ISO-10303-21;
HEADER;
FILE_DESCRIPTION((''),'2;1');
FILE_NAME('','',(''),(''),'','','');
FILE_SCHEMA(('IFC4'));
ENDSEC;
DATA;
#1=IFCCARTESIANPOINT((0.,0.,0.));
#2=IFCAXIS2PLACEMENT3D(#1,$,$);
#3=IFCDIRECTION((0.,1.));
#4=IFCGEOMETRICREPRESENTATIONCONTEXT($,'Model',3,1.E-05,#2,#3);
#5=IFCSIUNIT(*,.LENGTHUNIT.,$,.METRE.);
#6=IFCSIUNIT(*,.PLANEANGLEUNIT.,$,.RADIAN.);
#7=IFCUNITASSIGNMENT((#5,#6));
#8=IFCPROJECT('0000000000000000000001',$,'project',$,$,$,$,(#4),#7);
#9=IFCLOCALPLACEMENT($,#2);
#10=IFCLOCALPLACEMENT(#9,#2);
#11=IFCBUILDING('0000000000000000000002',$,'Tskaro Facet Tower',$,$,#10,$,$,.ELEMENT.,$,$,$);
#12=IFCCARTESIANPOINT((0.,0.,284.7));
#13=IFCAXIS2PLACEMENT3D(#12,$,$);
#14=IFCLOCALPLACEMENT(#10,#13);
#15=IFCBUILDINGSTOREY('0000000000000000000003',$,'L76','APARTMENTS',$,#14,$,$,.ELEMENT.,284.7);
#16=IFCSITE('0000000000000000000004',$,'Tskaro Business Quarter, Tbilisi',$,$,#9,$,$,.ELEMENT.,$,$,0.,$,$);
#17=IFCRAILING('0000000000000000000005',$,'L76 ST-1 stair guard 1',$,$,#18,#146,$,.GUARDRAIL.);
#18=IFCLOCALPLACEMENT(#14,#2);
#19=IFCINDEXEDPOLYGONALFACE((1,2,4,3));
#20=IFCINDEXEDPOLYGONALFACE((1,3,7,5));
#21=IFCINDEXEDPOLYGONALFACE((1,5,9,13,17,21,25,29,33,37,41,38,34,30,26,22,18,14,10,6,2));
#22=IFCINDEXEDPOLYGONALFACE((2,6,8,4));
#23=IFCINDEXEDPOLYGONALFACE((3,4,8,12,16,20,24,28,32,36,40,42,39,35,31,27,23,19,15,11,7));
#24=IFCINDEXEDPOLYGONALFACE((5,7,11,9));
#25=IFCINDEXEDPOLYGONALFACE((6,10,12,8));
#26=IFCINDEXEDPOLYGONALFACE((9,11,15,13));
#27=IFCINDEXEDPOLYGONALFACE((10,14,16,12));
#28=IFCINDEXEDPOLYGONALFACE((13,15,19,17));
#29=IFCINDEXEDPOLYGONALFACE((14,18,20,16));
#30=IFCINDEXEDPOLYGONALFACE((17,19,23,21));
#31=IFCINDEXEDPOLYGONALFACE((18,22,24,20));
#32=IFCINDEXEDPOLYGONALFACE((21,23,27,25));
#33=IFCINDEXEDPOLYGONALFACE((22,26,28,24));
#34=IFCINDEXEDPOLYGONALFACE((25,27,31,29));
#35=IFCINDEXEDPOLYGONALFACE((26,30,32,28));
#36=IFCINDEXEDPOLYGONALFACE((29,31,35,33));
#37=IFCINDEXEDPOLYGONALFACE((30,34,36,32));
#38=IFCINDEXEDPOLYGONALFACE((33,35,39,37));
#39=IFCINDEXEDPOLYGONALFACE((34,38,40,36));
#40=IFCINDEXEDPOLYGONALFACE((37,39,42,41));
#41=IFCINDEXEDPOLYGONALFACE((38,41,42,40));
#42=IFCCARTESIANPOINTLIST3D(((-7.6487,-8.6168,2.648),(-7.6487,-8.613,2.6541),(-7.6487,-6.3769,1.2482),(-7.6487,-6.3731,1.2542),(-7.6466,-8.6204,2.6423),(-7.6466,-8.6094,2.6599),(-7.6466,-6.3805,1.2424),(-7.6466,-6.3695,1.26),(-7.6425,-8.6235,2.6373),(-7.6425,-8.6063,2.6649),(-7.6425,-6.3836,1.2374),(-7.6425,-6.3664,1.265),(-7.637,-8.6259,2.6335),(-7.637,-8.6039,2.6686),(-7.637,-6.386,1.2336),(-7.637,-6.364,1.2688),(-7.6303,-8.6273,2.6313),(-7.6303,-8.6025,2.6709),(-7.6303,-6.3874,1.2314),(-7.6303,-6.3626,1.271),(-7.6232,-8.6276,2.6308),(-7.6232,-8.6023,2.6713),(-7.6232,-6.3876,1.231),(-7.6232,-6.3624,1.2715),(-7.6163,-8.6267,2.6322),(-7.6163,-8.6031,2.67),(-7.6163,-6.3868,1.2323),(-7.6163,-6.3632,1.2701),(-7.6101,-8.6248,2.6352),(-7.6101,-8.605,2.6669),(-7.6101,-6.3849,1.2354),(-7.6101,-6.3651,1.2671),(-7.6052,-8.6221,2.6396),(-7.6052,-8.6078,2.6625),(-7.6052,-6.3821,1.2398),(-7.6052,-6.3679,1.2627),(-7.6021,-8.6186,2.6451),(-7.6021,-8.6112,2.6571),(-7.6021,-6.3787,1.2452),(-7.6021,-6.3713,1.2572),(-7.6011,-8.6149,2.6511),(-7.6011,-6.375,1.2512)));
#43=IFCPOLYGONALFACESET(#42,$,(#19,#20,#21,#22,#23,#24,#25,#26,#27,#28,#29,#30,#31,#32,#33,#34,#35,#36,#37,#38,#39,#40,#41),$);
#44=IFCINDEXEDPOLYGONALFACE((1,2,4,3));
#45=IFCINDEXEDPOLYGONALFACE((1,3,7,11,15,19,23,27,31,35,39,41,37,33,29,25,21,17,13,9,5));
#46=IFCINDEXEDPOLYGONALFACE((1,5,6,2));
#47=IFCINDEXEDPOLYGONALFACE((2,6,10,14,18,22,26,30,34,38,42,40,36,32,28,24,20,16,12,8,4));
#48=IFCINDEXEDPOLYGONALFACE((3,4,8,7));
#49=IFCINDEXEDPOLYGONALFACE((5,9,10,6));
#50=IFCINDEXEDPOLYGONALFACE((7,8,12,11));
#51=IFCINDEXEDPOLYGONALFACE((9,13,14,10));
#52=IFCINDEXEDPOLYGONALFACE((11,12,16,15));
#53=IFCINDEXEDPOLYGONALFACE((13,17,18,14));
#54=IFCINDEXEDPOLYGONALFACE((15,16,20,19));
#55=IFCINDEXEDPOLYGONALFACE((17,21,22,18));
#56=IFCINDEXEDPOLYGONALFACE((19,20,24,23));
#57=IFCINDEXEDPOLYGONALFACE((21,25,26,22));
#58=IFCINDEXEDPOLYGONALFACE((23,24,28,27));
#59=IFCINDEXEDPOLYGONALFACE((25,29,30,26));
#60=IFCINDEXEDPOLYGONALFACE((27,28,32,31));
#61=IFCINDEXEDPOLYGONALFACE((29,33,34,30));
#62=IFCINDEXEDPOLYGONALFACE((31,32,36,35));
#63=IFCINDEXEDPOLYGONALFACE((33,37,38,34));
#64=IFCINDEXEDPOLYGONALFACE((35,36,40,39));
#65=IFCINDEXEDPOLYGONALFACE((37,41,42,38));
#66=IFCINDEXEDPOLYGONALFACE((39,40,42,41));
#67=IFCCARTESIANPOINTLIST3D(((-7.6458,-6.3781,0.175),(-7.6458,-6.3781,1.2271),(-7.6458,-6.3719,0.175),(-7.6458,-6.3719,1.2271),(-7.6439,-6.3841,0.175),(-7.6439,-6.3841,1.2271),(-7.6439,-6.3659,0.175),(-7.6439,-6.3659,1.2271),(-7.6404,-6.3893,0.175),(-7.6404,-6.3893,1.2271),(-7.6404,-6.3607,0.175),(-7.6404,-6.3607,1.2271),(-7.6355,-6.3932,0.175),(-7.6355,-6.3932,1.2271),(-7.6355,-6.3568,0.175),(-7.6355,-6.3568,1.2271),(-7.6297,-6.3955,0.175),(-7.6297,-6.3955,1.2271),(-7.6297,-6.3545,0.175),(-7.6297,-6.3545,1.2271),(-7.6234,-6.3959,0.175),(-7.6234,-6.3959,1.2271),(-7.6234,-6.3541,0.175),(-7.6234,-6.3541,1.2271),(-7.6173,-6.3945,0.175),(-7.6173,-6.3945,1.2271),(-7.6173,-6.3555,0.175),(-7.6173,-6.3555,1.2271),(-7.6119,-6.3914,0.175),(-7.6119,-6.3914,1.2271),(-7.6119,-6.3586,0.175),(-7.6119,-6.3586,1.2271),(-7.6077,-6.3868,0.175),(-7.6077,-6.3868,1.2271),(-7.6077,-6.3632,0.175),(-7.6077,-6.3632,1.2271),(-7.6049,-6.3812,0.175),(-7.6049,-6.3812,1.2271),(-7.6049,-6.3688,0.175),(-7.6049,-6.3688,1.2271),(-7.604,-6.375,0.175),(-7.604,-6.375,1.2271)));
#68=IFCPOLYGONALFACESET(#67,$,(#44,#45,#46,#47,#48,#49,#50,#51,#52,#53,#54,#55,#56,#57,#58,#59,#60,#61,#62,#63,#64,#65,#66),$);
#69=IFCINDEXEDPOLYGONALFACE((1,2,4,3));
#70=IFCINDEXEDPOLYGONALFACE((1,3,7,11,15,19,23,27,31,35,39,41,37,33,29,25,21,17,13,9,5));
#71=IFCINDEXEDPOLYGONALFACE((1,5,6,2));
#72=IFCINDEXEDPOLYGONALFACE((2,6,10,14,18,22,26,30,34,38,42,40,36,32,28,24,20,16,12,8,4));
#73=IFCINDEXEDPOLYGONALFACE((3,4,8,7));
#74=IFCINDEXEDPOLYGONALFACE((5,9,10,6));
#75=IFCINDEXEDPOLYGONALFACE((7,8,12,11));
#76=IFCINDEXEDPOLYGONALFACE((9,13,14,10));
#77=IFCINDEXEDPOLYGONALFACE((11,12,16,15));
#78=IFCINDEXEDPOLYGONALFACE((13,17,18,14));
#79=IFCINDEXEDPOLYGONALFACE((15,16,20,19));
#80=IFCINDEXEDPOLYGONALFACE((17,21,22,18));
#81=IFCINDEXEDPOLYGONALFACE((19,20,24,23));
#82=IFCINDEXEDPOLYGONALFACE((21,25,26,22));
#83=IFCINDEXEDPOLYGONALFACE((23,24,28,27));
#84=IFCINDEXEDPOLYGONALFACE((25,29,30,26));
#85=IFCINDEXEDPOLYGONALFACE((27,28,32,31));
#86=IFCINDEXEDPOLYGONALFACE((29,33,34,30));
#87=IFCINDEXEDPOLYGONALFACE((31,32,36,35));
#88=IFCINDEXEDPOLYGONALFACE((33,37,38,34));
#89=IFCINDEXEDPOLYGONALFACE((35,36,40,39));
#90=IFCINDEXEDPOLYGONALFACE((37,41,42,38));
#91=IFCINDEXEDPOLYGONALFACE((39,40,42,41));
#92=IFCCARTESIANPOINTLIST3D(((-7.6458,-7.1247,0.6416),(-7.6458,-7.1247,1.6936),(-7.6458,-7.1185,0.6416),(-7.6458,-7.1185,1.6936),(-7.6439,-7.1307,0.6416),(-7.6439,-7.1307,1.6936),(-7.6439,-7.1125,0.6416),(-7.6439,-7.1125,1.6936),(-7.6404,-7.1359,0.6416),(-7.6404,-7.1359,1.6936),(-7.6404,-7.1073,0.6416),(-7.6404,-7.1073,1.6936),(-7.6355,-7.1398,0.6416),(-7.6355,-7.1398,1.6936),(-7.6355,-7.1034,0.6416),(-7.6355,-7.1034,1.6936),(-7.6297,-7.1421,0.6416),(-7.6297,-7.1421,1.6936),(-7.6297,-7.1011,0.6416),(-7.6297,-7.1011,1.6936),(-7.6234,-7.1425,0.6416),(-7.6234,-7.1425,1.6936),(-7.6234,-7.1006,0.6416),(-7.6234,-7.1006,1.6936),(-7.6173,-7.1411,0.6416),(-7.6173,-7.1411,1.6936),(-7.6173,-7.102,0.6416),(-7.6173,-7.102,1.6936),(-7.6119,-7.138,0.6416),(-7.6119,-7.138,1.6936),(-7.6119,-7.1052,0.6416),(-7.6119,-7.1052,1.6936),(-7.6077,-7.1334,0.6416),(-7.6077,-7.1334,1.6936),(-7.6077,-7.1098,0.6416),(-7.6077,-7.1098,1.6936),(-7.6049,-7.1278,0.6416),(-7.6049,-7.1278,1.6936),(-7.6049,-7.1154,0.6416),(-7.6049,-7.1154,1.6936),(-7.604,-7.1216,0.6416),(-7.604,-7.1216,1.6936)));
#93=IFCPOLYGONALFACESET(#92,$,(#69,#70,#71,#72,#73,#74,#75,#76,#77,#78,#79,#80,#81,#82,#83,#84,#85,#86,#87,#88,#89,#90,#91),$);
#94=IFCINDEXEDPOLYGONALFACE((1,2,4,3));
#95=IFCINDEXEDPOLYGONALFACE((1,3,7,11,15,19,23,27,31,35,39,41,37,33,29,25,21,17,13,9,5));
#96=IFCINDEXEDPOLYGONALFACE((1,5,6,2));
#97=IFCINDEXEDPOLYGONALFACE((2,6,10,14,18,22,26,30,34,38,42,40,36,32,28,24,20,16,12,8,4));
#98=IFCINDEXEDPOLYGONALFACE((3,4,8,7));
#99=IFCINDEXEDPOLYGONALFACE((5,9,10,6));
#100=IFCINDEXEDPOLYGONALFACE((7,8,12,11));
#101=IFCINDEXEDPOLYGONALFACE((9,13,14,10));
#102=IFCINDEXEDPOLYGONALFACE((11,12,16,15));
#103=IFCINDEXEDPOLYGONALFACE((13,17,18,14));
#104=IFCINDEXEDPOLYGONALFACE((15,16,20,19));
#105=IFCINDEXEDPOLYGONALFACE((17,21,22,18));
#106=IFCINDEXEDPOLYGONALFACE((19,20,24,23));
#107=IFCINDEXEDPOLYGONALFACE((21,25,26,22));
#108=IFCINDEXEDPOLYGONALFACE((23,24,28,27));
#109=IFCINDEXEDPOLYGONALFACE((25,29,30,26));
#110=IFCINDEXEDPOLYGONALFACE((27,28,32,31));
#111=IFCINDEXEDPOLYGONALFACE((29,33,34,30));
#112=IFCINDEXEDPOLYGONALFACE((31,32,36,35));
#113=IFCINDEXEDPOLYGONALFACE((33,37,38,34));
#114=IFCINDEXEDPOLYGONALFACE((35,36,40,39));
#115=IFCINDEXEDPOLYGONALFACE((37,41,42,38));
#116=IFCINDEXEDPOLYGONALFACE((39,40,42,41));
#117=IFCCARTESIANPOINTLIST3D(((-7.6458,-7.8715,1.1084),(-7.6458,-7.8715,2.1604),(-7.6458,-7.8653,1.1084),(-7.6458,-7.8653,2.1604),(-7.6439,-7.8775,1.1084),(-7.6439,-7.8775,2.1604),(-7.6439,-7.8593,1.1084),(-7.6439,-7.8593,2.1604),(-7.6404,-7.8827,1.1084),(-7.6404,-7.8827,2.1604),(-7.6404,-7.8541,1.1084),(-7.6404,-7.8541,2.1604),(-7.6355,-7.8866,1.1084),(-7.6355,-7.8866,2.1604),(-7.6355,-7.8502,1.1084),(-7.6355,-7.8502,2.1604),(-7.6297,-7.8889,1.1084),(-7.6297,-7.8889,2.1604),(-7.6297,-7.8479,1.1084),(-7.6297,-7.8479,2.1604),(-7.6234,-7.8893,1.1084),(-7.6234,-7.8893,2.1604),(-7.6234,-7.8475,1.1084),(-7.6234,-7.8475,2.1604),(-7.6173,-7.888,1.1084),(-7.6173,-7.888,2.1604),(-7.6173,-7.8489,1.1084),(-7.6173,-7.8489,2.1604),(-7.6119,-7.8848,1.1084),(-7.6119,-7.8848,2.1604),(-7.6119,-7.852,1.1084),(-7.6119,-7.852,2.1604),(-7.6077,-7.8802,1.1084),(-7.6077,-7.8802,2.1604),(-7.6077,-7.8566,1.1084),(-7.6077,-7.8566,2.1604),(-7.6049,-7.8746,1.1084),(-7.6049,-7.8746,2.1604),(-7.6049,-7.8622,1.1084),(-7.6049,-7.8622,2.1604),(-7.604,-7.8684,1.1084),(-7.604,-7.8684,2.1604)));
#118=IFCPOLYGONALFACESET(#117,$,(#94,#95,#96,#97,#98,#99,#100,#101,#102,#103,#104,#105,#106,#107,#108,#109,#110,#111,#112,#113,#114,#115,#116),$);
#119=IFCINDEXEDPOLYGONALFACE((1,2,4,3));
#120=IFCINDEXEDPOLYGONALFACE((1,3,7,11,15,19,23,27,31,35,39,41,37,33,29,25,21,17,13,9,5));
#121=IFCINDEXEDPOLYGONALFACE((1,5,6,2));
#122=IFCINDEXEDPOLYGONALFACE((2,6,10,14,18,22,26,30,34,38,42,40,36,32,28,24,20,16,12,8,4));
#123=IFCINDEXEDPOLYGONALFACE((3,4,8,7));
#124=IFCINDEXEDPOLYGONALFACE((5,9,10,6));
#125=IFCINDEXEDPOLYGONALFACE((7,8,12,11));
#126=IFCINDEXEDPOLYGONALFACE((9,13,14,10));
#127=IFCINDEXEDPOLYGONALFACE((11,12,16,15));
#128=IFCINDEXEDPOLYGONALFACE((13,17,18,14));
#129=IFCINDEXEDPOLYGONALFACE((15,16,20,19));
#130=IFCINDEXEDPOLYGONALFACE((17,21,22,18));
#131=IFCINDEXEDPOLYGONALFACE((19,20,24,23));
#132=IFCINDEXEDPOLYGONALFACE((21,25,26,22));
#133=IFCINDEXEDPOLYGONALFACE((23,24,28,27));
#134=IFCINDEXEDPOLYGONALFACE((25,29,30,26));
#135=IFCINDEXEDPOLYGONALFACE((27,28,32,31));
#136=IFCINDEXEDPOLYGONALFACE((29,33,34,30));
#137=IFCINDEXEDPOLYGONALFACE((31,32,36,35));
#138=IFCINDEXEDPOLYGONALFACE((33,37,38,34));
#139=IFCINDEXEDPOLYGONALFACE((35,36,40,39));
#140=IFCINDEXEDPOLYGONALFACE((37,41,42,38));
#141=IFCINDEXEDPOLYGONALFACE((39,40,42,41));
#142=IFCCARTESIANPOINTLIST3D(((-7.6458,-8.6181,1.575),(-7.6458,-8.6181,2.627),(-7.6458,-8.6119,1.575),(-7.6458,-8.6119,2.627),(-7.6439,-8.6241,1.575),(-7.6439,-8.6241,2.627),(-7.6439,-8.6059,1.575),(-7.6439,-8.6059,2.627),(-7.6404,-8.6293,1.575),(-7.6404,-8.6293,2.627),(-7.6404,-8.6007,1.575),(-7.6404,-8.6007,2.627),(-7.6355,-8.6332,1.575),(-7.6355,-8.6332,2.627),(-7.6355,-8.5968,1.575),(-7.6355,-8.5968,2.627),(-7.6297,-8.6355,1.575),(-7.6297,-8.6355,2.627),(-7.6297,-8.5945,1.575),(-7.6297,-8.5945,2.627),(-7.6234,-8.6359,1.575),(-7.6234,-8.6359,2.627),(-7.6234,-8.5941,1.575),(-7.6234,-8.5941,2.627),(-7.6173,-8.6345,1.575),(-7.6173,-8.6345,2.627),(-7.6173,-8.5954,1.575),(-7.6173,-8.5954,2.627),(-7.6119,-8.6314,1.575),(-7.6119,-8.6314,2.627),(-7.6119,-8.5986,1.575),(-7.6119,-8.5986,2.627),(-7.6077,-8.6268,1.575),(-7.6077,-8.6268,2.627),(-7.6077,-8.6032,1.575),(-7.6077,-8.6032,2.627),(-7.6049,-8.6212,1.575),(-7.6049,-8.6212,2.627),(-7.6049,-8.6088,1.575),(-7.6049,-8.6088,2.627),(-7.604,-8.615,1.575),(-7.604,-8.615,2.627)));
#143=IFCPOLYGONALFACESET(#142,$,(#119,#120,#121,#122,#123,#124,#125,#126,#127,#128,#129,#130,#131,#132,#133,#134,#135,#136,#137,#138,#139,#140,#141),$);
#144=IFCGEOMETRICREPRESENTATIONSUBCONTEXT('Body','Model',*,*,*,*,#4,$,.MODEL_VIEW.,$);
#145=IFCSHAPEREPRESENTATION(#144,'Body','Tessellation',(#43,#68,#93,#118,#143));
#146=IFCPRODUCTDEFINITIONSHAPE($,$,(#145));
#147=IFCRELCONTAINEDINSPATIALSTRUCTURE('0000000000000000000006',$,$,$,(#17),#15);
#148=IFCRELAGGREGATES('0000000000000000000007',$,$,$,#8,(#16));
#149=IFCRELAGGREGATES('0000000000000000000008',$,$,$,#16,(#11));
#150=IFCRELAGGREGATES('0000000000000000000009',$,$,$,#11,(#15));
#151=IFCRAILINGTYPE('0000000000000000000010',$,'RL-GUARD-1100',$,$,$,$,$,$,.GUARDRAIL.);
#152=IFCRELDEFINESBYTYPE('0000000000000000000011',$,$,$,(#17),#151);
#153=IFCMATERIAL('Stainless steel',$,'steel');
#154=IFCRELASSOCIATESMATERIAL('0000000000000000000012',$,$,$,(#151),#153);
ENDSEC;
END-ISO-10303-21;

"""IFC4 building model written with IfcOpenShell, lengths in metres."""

from ifc_helpers import new_model, si_unit, direction, frame, origin, origin_2d, place, context, subcontext, project, spatial, circle, extrude, material, type_object, element, save


model = new_model("IFC4")

# Units and contexts
model_context = context("Model", 3, precision=1e-05, world=origin(), true_north=direction((0.0, 1.0)))
body_context = subcontext(model_context, "Body", "Model", "MODEL_VIEW")
ifc_project = project(units=[si_unit("LENGTHUNIT", "METRE"), si_unit("PLANEANGLEUNIT", "RADIAN")], contexts=[model_context])

# Site, building, storey
site_placement = place(None, origin())
site = spatial("IfcSite", under=ifc_project, at=site_placement, Name="Tskaro Business Quarter, Tbilisi", CompositionType="ELEMENT", RefElevation=0.0)
building_placement = place(site_placement, origin())
building = spatial("IfcBuilding", under=site, at=building_placement, Name="Tskaro Facet Tower", CompositionType="ELEMENT")
storey_placement = place(building_placement, frame((0.0, 0.0, 284.7)))
storey = spatial("IfcBuildingStorey", under=building, at=storey_placement, Name="L76", Description="APARTMENTS", CompositionType="ELEMENT", Elevation=284.7)

# Shared definitions
ifc_material_1 = material(Name="Stainless steel", Category="steel")

# Railing
railing_type_1 = type_object("IfcRailingType", Name="RL-GUARD-1100", PredefinedType="GUARDRAIL", material=ifc_material_1)
railing_1_placement = place(storey_placement, frame((-7.625, -6.375, 0.175)))
element("IfcRailing", 1, at=railing_1_placement, inside=storey, type_object=railing_type_1, Name="L76 ST-1 stair guard 1", PredefinedType="GUARDRAIL", context=body_context, shape_type="SweptSolid", body=[
    extrude(circle(Radius=0.0239, at=origin_2d()), frame((0.0, 0.0, 1.0762), z_axis=(0.0, -0.848014, 0.529974), x_axis=(1.0, 0.0, 0.0)), (0.0, 0.0, 1.0), 2.6414),
    extrude(circle(Radius=0.021, at=origin_2d()), origin(), (0.0, 0.0, 1.0), 1.052),
    extrude(circle(Radius=0.021, at=origin_2d()), frame((0.0, -0.7466, 0.4666)), (0.0, 0.0, 1.0), 1.052),
    extrude(circle(Radius=0.021, at=origin_2d()), frame((0.0, -1.4934, 0.9333)), (0.0, 0.0, 1.0), 1.052),
    extrude(circle(Radius=0.021, at=origin_2d()), frame((0.0, -2.24, 1.3999)), (0.0, 0.0, 1.0), 1.052),
])

save(model, "model.ifc")
